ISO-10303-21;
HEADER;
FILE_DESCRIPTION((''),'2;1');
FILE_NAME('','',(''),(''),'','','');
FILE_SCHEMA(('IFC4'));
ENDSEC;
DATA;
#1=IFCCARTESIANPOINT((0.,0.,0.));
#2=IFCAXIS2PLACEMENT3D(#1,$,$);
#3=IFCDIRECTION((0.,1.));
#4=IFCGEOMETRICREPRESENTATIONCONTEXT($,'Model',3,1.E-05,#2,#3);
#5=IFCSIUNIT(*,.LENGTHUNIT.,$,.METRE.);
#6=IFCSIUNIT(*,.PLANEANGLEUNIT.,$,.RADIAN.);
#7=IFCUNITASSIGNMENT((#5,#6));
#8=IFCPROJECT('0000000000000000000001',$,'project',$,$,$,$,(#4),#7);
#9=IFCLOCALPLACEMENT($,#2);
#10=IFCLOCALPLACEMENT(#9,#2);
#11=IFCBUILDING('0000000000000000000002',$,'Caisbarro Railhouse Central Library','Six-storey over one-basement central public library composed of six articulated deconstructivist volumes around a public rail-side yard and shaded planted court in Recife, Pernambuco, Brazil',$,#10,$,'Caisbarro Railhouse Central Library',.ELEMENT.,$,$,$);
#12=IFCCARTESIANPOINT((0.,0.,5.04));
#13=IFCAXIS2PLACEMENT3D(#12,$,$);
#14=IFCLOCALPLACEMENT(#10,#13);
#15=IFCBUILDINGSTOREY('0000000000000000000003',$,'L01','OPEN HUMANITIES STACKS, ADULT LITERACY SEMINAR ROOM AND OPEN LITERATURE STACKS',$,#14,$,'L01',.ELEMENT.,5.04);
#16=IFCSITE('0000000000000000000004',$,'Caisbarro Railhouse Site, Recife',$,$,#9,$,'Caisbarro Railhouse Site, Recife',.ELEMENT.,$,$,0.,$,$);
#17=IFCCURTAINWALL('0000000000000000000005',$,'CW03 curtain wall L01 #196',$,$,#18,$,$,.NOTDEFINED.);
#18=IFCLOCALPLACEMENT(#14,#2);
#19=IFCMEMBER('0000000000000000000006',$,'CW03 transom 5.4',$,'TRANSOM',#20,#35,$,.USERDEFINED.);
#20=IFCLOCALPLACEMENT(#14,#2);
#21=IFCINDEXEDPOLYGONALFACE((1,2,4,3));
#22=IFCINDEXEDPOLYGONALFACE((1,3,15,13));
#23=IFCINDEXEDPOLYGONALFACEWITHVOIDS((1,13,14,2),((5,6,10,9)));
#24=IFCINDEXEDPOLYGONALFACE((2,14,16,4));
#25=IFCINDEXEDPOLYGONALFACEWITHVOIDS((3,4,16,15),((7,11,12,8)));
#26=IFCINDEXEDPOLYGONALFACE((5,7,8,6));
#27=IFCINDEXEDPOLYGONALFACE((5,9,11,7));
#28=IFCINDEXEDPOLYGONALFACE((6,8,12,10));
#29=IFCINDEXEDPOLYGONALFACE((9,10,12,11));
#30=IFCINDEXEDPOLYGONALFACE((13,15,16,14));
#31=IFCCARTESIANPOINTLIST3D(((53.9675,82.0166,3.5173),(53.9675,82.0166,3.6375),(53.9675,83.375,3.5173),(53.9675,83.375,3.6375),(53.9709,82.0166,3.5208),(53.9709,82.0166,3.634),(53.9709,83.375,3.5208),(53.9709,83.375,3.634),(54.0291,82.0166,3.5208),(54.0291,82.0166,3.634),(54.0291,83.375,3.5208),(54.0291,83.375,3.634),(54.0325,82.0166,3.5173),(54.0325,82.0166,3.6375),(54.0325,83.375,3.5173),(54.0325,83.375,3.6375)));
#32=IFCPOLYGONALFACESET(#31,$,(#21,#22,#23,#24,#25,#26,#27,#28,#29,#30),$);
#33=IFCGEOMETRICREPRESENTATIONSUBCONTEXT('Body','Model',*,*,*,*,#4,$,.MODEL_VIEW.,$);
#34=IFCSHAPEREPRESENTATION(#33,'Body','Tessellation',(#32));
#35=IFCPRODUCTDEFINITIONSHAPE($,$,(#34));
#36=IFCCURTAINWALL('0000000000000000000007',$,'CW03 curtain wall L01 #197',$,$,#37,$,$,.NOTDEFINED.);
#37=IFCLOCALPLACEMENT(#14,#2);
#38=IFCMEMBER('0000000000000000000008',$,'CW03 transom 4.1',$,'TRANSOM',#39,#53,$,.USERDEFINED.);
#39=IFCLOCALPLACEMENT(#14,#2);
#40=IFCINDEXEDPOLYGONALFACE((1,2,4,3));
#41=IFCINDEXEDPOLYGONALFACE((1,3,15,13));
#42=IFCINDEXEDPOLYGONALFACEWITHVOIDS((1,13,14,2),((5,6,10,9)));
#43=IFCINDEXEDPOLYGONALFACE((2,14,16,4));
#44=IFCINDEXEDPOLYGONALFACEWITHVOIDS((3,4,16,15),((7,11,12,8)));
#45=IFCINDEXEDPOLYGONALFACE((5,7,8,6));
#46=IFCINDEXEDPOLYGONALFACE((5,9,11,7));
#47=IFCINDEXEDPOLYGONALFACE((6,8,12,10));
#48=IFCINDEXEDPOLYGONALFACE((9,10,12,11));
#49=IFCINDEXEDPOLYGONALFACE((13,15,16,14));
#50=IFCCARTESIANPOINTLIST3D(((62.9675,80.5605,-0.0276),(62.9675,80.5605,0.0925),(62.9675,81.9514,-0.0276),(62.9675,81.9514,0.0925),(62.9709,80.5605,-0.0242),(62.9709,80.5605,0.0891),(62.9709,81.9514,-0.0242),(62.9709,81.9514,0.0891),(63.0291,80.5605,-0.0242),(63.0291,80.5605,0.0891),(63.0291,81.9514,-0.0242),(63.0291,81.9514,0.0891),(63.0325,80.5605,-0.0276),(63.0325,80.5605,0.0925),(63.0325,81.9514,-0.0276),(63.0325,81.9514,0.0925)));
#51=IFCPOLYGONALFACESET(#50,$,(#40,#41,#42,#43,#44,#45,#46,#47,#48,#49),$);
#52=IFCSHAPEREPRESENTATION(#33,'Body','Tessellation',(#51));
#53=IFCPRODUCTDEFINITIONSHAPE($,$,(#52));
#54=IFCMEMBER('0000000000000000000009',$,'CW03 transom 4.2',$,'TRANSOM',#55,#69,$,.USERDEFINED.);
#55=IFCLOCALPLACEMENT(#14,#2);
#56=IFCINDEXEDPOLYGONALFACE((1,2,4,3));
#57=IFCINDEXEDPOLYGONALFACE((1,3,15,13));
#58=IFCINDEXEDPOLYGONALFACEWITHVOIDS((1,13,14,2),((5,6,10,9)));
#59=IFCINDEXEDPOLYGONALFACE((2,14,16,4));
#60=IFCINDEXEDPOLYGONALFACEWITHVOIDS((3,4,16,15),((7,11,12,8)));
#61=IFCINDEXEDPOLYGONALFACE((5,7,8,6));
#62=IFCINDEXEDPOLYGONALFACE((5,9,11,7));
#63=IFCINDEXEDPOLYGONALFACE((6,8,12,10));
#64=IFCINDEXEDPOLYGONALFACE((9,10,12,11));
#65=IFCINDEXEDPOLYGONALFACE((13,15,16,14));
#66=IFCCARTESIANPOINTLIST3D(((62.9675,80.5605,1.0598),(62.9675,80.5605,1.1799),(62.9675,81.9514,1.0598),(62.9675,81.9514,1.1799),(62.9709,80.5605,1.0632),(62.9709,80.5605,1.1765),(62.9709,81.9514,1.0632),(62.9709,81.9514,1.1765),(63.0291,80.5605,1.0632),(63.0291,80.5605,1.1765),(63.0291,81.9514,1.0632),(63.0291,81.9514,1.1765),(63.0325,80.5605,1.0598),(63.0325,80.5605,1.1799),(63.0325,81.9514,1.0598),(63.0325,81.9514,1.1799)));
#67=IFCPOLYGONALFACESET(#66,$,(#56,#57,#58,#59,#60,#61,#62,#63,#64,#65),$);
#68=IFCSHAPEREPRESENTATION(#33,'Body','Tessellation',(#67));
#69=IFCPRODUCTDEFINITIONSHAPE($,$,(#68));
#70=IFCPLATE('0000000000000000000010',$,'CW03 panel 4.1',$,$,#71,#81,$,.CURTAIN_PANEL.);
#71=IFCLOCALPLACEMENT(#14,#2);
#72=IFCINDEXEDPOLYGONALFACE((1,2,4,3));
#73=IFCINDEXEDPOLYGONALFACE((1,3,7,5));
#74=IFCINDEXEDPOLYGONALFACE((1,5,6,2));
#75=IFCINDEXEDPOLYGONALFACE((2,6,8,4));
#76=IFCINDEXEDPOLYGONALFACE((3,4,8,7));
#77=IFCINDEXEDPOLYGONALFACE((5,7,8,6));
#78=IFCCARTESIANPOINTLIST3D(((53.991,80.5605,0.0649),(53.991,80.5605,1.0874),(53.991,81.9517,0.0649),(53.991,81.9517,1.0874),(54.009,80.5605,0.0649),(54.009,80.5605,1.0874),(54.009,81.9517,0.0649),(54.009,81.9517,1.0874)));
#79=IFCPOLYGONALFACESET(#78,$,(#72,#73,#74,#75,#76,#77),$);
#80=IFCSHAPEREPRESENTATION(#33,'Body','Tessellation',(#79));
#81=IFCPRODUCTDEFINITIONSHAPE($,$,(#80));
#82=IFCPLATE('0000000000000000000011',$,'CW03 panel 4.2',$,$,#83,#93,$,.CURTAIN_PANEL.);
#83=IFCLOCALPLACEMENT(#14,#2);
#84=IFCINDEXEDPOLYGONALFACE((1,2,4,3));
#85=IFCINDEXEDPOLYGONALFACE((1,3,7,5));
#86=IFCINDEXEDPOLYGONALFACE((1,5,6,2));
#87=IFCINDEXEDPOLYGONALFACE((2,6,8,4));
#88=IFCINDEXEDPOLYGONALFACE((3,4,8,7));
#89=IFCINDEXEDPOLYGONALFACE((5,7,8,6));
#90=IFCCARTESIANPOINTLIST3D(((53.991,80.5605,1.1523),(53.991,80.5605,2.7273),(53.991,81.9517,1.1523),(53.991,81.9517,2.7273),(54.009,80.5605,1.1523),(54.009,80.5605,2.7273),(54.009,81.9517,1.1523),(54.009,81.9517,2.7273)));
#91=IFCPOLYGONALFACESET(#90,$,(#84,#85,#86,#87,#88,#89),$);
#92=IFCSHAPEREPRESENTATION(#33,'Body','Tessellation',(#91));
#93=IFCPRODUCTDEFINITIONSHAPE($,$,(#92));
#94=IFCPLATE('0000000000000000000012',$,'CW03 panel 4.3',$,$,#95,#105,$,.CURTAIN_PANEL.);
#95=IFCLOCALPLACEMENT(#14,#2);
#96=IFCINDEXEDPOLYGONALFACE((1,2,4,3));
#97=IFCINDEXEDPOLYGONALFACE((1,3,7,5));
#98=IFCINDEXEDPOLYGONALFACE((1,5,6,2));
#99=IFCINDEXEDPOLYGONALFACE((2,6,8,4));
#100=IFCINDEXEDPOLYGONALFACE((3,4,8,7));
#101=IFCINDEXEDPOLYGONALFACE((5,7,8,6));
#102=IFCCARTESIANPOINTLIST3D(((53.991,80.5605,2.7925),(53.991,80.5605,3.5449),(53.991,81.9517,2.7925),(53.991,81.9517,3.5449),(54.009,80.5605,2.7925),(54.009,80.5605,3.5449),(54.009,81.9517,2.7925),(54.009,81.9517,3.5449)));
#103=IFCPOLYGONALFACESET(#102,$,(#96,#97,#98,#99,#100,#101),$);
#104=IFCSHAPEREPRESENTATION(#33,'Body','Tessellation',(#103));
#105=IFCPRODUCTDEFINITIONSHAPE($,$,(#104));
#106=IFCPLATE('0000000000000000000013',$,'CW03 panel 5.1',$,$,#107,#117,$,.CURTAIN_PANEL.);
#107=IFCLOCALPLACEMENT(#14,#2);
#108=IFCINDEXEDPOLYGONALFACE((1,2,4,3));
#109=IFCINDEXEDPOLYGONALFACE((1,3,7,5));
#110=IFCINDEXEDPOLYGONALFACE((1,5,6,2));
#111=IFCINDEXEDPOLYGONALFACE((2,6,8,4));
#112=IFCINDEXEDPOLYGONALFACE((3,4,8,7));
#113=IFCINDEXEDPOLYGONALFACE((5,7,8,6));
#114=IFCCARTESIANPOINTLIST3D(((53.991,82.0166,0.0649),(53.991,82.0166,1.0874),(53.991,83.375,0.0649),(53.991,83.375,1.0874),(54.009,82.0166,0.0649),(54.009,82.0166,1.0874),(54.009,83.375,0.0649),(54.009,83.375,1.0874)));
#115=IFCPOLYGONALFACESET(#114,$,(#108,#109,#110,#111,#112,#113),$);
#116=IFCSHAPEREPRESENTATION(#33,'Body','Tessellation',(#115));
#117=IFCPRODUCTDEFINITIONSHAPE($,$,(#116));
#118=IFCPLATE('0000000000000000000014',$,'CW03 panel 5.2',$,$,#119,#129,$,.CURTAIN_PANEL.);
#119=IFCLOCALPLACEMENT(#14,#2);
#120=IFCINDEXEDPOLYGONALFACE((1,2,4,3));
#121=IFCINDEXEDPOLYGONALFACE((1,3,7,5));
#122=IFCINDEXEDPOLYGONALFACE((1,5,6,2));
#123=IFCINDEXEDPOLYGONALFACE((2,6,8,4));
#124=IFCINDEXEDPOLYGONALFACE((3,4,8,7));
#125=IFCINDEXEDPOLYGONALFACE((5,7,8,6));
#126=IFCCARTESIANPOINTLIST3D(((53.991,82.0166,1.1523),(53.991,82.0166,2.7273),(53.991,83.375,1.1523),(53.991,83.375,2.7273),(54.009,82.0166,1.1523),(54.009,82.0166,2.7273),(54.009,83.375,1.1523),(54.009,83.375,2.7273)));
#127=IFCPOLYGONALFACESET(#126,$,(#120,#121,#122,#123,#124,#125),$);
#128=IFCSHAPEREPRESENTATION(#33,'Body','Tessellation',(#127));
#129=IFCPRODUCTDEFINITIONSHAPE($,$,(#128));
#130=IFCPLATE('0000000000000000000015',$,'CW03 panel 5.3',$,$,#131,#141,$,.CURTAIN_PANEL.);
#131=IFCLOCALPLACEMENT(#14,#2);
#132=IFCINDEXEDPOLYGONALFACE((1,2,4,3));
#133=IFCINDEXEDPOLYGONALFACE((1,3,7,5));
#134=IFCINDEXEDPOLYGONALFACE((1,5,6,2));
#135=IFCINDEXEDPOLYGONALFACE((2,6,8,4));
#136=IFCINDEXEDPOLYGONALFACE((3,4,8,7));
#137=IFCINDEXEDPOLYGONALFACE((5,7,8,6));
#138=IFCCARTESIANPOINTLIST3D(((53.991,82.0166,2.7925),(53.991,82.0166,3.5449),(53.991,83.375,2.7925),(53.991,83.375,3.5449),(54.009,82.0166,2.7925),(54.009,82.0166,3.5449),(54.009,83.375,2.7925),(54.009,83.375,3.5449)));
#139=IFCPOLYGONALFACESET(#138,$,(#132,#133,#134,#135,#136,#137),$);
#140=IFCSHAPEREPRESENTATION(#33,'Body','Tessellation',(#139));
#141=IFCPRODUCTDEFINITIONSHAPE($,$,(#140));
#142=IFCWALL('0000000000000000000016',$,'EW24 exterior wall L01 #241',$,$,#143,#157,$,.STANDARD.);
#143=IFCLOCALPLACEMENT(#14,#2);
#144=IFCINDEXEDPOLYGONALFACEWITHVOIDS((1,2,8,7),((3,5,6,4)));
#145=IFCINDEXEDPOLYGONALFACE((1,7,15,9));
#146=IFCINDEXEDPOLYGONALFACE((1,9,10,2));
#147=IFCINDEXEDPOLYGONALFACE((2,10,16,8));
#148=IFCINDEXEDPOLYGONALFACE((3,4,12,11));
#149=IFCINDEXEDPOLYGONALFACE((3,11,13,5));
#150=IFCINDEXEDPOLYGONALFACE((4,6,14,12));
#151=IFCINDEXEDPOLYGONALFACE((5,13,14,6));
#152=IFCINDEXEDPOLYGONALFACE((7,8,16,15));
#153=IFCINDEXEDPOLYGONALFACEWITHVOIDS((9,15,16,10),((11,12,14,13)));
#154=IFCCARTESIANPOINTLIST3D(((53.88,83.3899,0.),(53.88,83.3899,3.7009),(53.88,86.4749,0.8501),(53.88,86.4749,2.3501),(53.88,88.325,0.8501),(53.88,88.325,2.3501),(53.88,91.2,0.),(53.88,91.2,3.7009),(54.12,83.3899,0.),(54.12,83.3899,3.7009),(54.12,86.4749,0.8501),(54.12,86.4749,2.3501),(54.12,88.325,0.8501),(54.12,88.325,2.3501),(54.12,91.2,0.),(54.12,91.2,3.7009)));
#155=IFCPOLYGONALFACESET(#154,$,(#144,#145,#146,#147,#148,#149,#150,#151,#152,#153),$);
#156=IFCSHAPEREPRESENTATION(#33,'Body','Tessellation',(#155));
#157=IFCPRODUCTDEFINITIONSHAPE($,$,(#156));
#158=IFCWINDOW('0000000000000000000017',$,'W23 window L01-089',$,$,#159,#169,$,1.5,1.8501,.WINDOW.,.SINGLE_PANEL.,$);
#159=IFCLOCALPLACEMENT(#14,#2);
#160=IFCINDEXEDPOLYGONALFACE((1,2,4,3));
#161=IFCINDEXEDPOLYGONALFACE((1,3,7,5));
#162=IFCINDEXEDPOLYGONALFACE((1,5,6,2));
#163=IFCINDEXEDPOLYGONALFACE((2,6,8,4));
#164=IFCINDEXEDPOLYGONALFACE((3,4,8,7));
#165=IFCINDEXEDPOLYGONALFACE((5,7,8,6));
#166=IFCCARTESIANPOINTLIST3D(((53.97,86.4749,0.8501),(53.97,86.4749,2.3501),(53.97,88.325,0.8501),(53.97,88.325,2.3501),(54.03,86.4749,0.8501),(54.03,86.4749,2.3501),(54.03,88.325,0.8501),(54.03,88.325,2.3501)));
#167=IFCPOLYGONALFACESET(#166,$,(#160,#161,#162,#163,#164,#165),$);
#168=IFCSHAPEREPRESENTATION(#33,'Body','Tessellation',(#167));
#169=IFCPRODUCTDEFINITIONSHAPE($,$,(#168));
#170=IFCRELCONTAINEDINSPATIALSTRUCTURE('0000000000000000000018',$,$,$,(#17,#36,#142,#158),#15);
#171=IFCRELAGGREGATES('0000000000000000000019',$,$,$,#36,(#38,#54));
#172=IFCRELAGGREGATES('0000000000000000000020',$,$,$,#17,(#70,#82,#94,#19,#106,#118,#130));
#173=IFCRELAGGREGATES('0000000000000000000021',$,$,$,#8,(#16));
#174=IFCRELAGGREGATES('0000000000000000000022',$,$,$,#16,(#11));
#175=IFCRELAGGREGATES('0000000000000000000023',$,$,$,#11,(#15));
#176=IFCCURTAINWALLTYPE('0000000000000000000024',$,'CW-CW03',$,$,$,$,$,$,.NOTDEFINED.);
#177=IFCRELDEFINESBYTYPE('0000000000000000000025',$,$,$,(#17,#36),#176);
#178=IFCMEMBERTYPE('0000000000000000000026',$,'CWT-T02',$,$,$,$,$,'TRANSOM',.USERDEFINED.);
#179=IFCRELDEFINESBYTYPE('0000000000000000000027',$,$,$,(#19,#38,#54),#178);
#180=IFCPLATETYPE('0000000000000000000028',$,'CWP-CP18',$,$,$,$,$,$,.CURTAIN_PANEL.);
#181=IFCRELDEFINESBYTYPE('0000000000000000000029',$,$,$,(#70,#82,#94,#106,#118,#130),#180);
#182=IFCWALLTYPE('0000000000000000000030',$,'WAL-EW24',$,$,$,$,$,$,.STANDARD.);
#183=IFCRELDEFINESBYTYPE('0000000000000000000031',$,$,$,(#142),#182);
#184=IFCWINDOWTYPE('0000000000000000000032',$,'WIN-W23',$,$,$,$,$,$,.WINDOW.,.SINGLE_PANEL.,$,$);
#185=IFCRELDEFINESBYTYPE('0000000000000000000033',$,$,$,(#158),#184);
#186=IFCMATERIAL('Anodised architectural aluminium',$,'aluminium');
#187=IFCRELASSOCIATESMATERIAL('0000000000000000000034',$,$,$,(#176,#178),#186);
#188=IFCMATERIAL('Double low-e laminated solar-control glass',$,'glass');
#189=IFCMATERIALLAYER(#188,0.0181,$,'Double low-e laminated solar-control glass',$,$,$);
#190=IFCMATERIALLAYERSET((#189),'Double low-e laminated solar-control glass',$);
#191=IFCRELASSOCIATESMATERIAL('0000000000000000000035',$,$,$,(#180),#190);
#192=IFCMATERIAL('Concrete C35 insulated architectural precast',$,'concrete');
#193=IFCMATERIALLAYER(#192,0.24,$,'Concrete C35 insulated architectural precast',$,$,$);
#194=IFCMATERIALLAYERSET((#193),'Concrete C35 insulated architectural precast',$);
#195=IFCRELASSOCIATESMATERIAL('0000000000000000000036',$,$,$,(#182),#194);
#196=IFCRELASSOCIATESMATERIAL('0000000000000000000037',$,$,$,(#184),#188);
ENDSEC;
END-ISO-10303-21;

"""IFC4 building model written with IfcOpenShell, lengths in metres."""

from ifc_helpers import new_model, si_unit, direction, frame, frame_2d, origin, origin_2d, place, context, subcontext, project, spatial, rectangle, hollow_rectangle, extrude, material, layer, layer_set, material_profile, profile_set, type_object, element, fill, aggregate, save


model = new_model("IFC4")

# Units and contexts
model_context = context("Model", 3, precision=1e-05, world=origin(), true_north=direction((0.0, 1.0)))
body_context = subcontext(model_context, "Body", "Model", "MODEL_VIEW")
ifc_project = project(units=[si_unit("LENGTHUNIT", "METRE"), si_unit("PLANEANGLEUNIT", "RADIAN")], contexts=[model_context])

# Site, building, storey
site_placement = place(None, origin())
site = spatial("IfcSite", under=ifc_project, at=site_placement, Name="Caisbarro Railhouse Site, Recife", LongName="Caisbarro Railhouse Site, Recife", CompositionType="ELEMENT", RefElevation=0.0)
building_placement = place(site_placement, origin())
building = spatial("IfcBuilding", under=site, at=building_placement, Name="Caisbarro Railhouse Central Library", Description="Six-storey over one-basement central public library composed of six articulated deconstructivist volumes around a public rail-side yard and shaded planted court in Recife, Pernambuco, Brazil", LongName="Caisbarro Railhouse Central Library", CompositionType="ELEMENT")
storey_placement = place(building_placement, frame((0.0, 0.0, 5.04)))
storey = spatial("IfcBuildingStorey", under=building, at=storey_placement, Name="L01", Description="OPEN HUMANITIES STACKS, ADULT LITERACY SEMINAR ROOM AND OPEN LITERATURE STACKS", LongName="L01", CompositionType="ELEMENT", Elevation=5.04)

# Curtain walls, members
ifc_material_1 = material(Name="Anodised architectural aluminium", Category="aluminium")
curtain_wall_type = type_object("IfcCurtainWallType", Name="CW-CW03", PredefinedType="NOTDEFINED", material=ifc_material_1)
curtain_wall_1_placement = place(storey_placement, origin())
curtain_wall_1 = element("IfcCurtainWall", 1, at=curtain_wall_1_placement, inside=storey, type_object=curtain_wall_type, Name="CW03 curtain wall L01 #196", PredefinedType="NOTDEFINED")
ifc_material_profile_1 = material_profile(ifc_material_1, hollow_rectangle(XDim=0.0649, YDim=0.1201, WallThickness=0.0034, at=origin_2d()), Name="ALU-TRN-65X120")
ifc_profile_set_1 = profile_set([ifc_material_profile_1], Name="Anodised architectural aluminium")
member_type_1 = type_object("IfcMemberType", Name="CWT-T02", ElementType="TRANSOM", PredefinedType="USERDEFINED", material=ifc_profile_set_1)
member_1_placement = place(storey_placement, frame((54.0, 82.0166, 3.5774), z_axis=(0.0, 1.0, 0.0), x_axis=(-1.0, 0.0, 0.0)))
member_1 = element("IfcMember", 2, at=member_1_placement, type_object=member_type_1, Name="CW03 transom 5.4", ObjectType="TRANSOM", PredefinedType="USERDEFINED", context=body_context, shape_type="SweptSolid", body=[
    extrude(hollow_rectangle(XDim=0.0649, YDim=0.1201, WallThickness=0.0034, at=origin_2d()), origin(), (0.0, 0.0, 1.0), 1.3584),
])
curtain_wall_2_placement = place(storey_placement, origin())
curtain_wall_2 = element("IfcCurtainWall", 3, at=curtain_wall_2_placement, inside=storey, type_object=curtain_wall_type, Name="CW03 curtain wall L01 #197", PredefinedType="NOTDEFINED")
member_2_placement = place(storey_placement, frame((63.0, 80.5605, 0.0325), z_axis=(0.0, 1.0, 0.0), x_axis=(-1.0, 0.0, 0.0)))
member_2 = element("IfcMember", 4, at=member_2_placement, type_object=member_type_1, Name="CW03 transom 4.1", ObjectType="TRANSOM", PredefinedType="USERDEFINED", context=body_context, shape_type="SweptSolid", body=[
    extrude(hollow_rectangle(XDim=0.0649, YDim=0.1201, WallThickness=0.0034, at=origin_2d()), origin(), (0.0, 0.0, 1.0), 1.3909),
])
member_3_placement = place(storey_placement, frame((63.0, 80.5605, 1.1199), z_axis=(0.0, 1.0, 0.0), x_axis=(-1.0, 0.0, 0.0)))
member_3 = element("IfcMember", 5, at=member_3_placement, type_object=member_type_1, Name="CW03 transom 4.2", ObjectType="TRANSOM", PredefinedType="USERDEFINED", context=body_context, shape_type="SweptSolid", body=[
    extrude(hollow_rectangle(XDim=0.0649, YDim=0.1201, WallThickness=0.0034, at=origin_2d()), origin(), (0.0, 0.0, 1.0), 1.3909),
])
aggregate(curtain_wall_2, [member_2, member_3])

# Plates
ifc_material_2 = material(Name="Double low-e laminated solar-control glass", Category="glass")
ifc_layer_1 = layer(ifc_material_2, 0.0181, Name="Double low-e laminated solar-control glass")
ifc_layer_set_1 = layer_set([ifc_layer_1], Name="Double low-e laminated solar-control glass")
plate_type = type_object("IfcPlateType", Name="CWP-CP18", PredefinedType="CURTAIN_PANEL", material=ifc_layer_set_1)
plate_1_placement = place(storey_placement, frame((54.0, 81.2561, 0.0649), z_axis=(0.0, 0.0, 1.0), x_axis=(0.0, 1.0, 0.0)))
plate_1 = element("IfcPlate", 6, at=plate_1_placement, type_object=plate_type, Name="CW03 panel 4.1", PredefinedType="CURTAIN_PANEL", context=body_context, shape_type="SweptSolid", body=[
    extrude(rectangle(XDim=1.3911, YDim=0.0181, at=origin_2d()), origin(), (0.0, 0.0, 1.0), 1.0225),
])
plate_2_placement = place(storey_placement, frame((54.0, 81.2561, 1.1523), z_axis=(0.0, 0.0, 1.0), x_axis=(0.0, 1.0, 0.0)))
plate_2 = element("IfcPlate", 7, at=plate_2_placement, type_object=plate_type, Name="CW03 panel 4.2", PredefinedType="CURTAIN_PANEL", context=body_context, shape_type="SweptSolid", body=[
    extrude(rectangle(XDim=1.3911, YDim=0.0181, at=origin_2d()), origin(), (0.0, 0.0, 1.0), 1.575),
])
plate_3_placement = place(storey_placement, frame((54.0, 81.2561, 2.7925), z_axis=(0.0, 0.0, 1.0), x_axis=(0.0, 1.0, 0.0)))
plate_3 = element("IfcPlate", 8, at=plate_3_placement, type_object=plate_type, Name="CW03 panel 4.3", PredefinedType="CURTAIN_PANEL", context=body_context, shape_type="SweptSolid", body=[
    extrude(rectangle(XDim=1.3911, YDim=0.0181, at=origin_2d()), origin(), (0.0, 0.0, 1.0), 0.7524),
])
plate_4_placement = place(storey_placement, frame((54.0, 82.6958, 0.0649), z_axis=(0.0, 0.0, 1.0), x_axis=(0.0, 1.0, 0.0)))
plate_4 = element("IfcPlate", 9, at=plate_4_placement, type_object=plate_type, Name="CW03 panel 5.1", PredefinedType="CURTAIN_PANEL", context=body_context, shape_type="SweptSolid", body=[
    extrude(rectangle(XDim=1.3584, YDim=0.0181, at=origin_2d()), origin(), (0.0, 0.0, 1.0), 1.0225),
])
plate_5_placement = place(storey_placement, frame((54.0, 82.6958, 1.1523), z_axis=(0.0, 0.0, 1.0), x_axis=(0.0, 1.0, 0.0)))
plate_5 = element("IfcPlate", 10, at=plate_5_placement, type_object=plate_type, Name="CW03 panel 5.2", PredefinedType="CURTAIN_PANEL", context=body_context, shape_type="SweptSolid", body=[
    extrude(rectangle(XDim=1.3584, YDim=0.0181, at=origin_2d()), origin(), (0.0, 0.0, 1.0), 1.575),
])
plate_6_placement = place(storey_placement, frame((54.0, 82.6958, 2.7925), z_axis=(0.0, 0.0, 1.0), x_axis=(0.0, 1.0, 0.0)))
plate_6 = element("IfcPlate", 11, at=plate_6_placement, type_object=plate_type, Name="CW03 panel 5.3", PredefinedType="CURTAIN_PANEL", context=body_context, shape_type="SweptSolid", body=[
    extrude(rectangle(XDim=1.3584, YDim=0.0181, at=origin_2d()), origin(), (0.0, 0.0, 1.0), 0.7524),
])
aggregate(curtain_wall_1, [plate_1, plate_2, plate_3, member_1, plate_4, plate_5, plate_6])

# Wall, opening, window
ifc_material_3 = material(Name="Concrete C35 insulated architectural precast", Category="concrete")
ifc_layer_2 = layer(ifc_material_3, 0.24, Name="Concrete C35 insulated architectural precast")
ifc_layer_set_2 = layer_set([ifc_layer_2], Name="Concrete C35 insulated architectural precast")
wall_type = type_object("IfcWallType", Name="WAL-EW24", PredefinedType="STANDARD", material=ifc_layer_set_2)
wall_placement = place(storey_placement, frame((54.0, 83.3899, 0.0), z_axis=(0.0, 0.0, 1.0), x_axis=(0.0, 1.0, 0.0)))
wall = element("IfcWall", 12, at=wall_placement, inside=storey, type_object=wall_type, Name="EW24 exterior wall L01 #241", PredefinedType="STANDARD", context=body_context, shape_type="SweptSolid", body=[
    extrude(rectangle(XDim=7.8101, YDim=0.24, at=frame_2d((3.905, 0.0))), origin(), (0.0, 0.0, 1.0), 3.7009),
])
opening_placement = place(wall_placement, frame((3.085, 0.0, 0.8501)))
opening = element("IfcOpeningElement", 13, at=opening_placement, cuts=wall, PredefinedType="OPENING", context=body_context, shape_type="SweptSolid", body=[
    extrude(rectangle(XDim=1.8501, YDim=1.5, at=frame_2d((0.925, 0.75))), frame((0.0, 0.1299, 0.0), z_axis=(0.0, -1.0, 0.0), x_axis=(1.0, 0.0, 0.0)), (0.0, 0.0, 1.0), 0.26),
])
window_type = type_object("IfcWindowType", Name="WIN-W23", PartitioningType="SINGLE_PANEL", PredefinedType="WINDOW", material=ifc_material_2)
window_placement = place(opening_placement, origin())
window = element("IfcWindow", 14, at=window_placement, inside=storey, type_object=window_type, Name="W23 window L01-089", OverallHeight=1.5, OverallWidth=1.8501, PartitioningType="SINGLE_PANEL", PredefinedType="WINDOW", context=body_context, shape_type="SweptSolid", body=[
    extrude(rectangle(XDim=1.8501, YDim=1.5, at=frame_2d((0.925, 0.75))), frame((0.0, 0.03, 0.0), z_axis=(0.0, -1.0, 0.0), x_axis=(1.0, 0.0, 0.0)), (0.0, 0.0, 1.0), 0.0601),
])
fill(opening, window)

save(model, "model.ifc")
